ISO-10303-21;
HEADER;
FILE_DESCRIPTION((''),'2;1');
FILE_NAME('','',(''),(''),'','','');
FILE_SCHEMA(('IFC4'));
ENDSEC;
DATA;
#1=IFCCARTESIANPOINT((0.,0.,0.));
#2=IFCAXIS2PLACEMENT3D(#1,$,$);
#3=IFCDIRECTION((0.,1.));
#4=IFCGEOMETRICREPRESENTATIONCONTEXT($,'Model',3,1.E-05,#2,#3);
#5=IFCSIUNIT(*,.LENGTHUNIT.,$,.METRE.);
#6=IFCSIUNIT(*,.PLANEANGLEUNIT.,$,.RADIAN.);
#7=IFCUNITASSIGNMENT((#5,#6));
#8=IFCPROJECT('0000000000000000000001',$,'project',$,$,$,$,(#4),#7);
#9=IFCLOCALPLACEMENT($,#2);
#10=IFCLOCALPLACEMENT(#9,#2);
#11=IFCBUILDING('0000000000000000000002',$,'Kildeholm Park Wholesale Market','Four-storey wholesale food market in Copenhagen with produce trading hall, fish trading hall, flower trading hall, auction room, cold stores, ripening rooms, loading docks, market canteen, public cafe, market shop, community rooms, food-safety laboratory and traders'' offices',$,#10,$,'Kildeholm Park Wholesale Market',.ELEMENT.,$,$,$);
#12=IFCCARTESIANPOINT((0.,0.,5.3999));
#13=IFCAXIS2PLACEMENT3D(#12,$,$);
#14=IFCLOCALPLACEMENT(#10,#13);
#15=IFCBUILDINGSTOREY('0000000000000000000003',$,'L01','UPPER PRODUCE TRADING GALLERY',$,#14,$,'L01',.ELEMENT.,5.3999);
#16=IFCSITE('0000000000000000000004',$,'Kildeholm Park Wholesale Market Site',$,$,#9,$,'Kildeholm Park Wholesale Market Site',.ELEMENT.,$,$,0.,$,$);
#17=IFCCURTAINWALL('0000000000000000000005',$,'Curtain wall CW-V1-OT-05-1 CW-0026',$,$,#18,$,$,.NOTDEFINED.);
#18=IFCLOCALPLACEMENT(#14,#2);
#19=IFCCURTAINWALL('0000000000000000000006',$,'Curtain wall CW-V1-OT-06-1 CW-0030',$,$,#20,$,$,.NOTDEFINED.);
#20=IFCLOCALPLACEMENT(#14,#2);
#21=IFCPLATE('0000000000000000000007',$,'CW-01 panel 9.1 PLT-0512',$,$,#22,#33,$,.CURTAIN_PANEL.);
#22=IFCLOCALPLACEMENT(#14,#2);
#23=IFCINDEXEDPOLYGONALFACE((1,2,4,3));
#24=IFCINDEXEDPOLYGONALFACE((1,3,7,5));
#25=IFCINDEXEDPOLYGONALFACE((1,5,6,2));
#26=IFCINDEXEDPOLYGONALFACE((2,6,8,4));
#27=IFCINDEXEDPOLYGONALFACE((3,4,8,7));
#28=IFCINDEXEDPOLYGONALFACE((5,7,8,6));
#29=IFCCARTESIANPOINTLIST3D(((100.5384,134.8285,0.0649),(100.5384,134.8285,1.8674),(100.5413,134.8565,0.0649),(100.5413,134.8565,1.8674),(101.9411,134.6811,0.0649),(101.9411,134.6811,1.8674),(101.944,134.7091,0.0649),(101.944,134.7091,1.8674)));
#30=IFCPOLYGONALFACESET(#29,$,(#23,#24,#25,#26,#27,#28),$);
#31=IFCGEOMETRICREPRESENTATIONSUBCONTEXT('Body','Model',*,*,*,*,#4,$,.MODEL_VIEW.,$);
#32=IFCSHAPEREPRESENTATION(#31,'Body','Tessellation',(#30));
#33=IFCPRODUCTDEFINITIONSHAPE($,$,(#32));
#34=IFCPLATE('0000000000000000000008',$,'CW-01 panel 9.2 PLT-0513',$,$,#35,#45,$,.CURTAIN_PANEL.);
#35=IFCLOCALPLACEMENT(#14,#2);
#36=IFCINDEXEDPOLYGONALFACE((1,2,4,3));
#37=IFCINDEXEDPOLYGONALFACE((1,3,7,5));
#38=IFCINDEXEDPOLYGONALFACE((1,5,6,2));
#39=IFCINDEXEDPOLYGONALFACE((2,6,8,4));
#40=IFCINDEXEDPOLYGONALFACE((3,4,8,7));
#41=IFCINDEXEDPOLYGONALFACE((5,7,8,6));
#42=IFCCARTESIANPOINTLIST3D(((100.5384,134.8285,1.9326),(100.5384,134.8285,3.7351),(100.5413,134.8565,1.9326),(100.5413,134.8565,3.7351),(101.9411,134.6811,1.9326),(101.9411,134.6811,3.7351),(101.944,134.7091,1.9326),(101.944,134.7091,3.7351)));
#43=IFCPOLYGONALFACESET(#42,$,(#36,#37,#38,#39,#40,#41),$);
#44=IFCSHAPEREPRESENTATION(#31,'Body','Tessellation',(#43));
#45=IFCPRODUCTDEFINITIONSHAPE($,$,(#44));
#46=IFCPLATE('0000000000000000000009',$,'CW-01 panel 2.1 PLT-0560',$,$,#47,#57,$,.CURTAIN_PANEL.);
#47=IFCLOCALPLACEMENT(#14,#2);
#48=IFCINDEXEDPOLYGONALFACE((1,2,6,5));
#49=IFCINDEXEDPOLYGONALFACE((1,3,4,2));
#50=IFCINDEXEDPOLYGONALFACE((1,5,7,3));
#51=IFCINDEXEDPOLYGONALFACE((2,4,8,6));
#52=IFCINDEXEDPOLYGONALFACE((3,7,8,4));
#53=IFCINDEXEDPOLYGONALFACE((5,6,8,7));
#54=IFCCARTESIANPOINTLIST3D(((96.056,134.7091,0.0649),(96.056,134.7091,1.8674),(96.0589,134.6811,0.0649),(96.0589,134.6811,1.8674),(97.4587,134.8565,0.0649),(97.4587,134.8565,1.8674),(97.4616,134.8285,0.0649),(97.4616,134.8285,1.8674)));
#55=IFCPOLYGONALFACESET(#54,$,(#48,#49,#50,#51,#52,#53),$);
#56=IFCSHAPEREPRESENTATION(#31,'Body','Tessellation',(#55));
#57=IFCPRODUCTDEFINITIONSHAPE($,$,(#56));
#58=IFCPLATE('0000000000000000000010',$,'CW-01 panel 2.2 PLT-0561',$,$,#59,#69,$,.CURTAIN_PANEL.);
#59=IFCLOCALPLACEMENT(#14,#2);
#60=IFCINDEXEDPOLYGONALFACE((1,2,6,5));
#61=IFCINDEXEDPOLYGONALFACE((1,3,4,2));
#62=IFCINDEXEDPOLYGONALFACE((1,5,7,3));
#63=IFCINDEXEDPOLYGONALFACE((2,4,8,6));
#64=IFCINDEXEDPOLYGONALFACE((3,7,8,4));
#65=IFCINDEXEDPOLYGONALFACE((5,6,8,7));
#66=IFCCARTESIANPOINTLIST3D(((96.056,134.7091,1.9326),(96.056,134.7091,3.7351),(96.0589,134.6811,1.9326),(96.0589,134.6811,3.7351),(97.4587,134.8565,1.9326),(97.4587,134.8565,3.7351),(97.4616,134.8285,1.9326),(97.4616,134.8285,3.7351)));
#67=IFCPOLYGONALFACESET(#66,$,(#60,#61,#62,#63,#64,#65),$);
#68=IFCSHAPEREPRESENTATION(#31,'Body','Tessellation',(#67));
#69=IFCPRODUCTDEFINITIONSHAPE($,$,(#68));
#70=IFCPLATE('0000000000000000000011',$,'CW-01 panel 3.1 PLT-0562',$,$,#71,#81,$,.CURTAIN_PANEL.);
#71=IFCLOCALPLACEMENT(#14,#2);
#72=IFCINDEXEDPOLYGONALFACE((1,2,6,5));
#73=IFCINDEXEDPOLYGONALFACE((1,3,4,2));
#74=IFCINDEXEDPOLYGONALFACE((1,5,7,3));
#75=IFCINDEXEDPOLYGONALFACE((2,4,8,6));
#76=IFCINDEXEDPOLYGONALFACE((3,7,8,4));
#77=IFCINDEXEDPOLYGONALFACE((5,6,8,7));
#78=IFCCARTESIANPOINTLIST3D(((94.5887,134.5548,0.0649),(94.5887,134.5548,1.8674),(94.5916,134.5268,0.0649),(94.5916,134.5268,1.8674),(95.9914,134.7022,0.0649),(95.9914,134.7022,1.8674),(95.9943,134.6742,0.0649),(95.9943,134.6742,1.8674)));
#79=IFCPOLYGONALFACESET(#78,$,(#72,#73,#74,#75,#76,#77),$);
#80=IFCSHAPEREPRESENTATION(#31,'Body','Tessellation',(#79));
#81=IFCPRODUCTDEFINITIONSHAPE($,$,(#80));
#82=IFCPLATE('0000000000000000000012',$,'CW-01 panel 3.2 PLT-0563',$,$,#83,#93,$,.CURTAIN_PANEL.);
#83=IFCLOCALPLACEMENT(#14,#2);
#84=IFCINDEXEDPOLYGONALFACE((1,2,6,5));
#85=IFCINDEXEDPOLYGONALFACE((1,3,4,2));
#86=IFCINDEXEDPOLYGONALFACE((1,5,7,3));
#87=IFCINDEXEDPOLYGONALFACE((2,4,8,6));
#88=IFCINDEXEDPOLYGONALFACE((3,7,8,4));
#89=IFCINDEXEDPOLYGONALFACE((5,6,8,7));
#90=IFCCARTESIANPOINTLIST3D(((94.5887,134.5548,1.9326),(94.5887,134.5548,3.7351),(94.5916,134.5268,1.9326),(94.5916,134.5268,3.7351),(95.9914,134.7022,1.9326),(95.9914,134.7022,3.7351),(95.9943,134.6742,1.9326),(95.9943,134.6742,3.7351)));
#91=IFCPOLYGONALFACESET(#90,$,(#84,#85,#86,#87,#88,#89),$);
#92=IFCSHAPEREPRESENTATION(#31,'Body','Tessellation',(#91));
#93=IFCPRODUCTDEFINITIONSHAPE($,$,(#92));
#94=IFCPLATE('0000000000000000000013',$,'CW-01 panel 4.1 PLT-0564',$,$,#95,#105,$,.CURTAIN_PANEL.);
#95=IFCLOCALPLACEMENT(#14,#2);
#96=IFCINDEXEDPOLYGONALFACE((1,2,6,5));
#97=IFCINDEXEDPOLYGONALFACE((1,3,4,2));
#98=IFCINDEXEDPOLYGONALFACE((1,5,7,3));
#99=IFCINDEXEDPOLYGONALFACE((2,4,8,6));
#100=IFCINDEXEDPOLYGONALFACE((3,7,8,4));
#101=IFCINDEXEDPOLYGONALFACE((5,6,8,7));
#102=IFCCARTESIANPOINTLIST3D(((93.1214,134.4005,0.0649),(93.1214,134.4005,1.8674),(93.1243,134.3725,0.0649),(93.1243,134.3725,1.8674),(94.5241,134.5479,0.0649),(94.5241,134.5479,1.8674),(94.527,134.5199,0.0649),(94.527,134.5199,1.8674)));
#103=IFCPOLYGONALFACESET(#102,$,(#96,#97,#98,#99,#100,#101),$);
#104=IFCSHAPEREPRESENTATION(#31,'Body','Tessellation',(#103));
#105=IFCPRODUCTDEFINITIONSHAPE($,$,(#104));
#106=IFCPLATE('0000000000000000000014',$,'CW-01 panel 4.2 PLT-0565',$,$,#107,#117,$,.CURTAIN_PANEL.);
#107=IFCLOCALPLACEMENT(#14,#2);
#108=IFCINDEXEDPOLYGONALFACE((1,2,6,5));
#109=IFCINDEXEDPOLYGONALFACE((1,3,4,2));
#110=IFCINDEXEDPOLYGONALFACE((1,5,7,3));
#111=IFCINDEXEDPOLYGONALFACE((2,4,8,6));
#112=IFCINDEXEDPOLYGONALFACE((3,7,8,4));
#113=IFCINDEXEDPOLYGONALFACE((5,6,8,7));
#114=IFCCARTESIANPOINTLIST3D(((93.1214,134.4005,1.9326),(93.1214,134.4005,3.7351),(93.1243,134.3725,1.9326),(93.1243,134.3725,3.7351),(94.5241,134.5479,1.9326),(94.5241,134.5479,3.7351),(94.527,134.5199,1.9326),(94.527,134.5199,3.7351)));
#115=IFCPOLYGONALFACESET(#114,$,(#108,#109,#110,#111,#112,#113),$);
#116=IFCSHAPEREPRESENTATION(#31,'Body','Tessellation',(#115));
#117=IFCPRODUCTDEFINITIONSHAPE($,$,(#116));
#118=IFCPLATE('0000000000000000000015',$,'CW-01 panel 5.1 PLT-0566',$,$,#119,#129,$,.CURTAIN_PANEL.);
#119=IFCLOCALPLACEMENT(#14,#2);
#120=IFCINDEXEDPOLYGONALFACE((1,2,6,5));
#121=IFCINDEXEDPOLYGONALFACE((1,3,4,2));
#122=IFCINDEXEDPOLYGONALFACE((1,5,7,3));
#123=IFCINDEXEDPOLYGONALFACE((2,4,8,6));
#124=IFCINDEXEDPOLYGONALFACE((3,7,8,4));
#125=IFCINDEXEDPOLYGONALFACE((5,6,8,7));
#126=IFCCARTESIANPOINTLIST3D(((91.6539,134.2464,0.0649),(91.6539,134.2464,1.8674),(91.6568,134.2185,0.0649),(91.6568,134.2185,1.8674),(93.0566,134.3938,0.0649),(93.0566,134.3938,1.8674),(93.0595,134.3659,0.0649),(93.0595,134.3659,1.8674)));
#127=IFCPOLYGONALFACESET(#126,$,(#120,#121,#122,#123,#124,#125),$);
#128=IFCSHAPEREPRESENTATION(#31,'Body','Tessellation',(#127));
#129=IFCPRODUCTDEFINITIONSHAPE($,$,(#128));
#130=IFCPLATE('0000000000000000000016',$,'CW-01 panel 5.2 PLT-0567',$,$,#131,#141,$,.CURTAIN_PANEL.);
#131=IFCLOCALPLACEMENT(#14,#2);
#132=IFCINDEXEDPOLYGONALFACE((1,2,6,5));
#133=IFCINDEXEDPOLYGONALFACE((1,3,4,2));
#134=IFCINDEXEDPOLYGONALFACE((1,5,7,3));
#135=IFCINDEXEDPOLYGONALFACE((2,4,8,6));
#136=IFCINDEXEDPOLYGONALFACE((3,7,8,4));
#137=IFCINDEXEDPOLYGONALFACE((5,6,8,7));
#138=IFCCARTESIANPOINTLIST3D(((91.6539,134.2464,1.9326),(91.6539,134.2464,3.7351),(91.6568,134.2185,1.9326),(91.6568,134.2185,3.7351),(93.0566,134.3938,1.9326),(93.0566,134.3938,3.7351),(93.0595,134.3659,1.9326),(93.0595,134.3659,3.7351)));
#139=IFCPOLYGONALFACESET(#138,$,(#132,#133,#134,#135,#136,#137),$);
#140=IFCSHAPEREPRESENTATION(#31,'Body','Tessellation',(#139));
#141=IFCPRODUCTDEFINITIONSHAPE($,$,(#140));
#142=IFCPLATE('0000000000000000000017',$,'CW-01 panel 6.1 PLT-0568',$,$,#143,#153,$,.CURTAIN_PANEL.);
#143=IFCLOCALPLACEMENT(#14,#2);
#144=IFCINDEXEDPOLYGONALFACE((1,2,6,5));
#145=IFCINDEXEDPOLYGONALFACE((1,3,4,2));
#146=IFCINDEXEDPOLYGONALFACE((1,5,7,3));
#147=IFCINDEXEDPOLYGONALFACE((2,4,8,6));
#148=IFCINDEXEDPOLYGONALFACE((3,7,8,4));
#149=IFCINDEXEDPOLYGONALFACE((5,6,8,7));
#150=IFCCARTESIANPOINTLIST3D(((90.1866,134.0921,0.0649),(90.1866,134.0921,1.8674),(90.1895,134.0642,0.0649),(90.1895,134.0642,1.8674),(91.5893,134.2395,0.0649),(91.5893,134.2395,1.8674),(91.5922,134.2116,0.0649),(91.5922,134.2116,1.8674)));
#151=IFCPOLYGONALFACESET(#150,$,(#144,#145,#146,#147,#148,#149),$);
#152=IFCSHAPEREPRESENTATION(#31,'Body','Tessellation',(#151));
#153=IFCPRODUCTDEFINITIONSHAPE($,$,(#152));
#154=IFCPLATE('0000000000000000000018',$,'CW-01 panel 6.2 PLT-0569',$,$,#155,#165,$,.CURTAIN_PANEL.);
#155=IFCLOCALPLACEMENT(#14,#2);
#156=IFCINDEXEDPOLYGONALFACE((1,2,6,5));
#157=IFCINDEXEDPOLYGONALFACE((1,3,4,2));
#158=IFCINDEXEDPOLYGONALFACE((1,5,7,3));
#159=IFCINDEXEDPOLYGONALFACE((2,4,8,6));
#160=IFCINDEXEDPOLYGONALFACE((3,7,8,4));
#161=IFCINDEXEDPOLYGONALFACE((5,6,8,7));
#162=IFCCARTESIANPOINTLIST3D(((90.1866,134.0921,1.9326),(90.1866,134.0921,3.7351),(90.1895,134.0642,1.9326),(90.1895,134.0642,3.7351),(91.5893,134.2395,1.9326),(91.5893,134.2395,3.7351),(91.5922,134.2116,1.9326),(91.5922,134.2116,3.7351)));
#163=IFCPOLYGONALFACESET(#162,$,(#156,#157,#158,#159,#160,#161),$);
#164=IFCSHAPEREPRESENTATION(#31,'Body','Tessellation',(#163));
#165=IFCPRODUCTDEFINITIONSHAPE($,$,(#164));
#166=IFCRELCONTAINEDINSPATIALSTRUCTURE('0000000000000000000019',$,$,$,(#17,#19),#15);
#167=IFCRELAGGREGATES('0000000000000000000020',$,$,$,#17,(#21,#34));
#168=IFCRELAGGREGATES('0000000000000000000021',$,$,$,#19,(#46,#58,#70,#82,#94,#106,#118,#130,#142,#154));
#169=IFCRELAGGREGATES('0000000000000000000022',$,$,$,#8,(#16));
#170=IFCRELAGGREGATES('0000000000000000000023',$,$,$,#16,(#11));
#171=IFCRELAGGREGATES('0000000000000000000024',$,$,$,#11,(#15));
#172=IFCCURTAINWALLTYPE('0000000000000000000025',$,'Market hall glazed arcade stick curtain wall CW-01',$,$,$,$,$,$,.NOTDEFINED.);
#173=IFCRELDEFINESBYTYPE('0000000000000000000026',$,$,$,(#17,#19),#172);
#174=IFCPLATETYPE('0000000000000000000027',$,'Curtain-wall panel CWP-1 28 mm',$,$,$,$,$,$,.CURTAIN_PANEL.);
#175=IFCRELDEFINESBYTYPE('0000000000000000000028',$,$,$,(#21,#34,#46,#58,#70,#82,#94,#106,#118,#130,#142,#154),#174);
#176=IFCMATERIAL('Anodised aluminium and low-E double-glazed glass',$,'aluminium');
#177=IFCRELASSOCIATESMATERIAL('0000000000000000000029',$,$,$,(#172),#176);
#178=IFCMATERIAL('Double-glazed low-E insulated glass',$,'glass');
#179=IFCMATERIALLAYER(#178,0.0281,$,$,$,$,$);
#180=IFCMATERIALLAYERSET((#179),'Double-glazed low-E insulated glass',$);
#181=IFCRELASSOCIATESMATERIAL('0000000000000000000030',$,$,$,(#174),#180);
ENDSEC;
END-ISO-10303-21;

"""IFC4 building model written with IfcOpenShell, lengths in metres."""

from ifc_helpers import new_model, si_unit, direction, frame, origin, origin_2d, place, context, subcontext, project, spatial, rectangle, extrude, material, layer, layer_set, type_object, element, aggregate, save


model = new_model("IFC4")

# Units and contexts
model_context = context("Model", 3, precision=1e-05, world=origin(), true_north=direction((0.0, 1.0)))
body_context = subcontext(model_context, "Body", "Model", "MODEL_VIEW")
ifc_project = project(units=[si_unit("LENGTHUNIT", "METRE"), si_unit("PLANEANGLEUNIT", "RADIAN")], contexts=[model_context])

# Site, building, storey
site_placement = place(None, origin())
site = spatial("IfcSite", under=ifc_project, at=site_placement, Name="Kildeholm Park Wholesale Market Site", LongName="Kildeholm Park Wholesale Market Site", CompositionType="ELEMENT", RefElevation=0.0)
building_placement = place(site_placement, origin())
building = spatial("IfcBuilding", under=site, at=building_placement, Name="Kildeholm Park Wholesale Market", Description="Four-storey wholesale food market in Copenhagen with produce trading hall, fish trading hall, flower trading hall, auction room, cold stores, ripening rooms, loading docks, market canteen, public cafe, market shop, community rooms, food-safety laboratory and traders' offices", LongName="Kildeholm Park Wholesale Market", CompositionType="ELEMENT")
storey_placement = place(building_placement, frame((0.0, 0.0, 5.3999)))
storey = spatial("IfcBuildingStorey", under=building, at=storey_placement, Name="L01", Description="UPPER PRODUCE TRADING GALLERY", LongName="L01", CompositionType="ELEMENT", Elevation=5.3999)

# Curtain wall
ifc_material_1 = material(Name="Anodised aluminium and low-E double-glazed glass", Category="aluminium")
curtain_wall_type = type_object("IfcCurtainWallType", Name="Market hall glazed arcade stick curtain wall CW-01", PredefinedType="NOTDEFINED", material=ifc_material_1)
curtain_wall_1_placement = place(storey_placement, origin())
curtain_wall_1 = element("IfcCurtainWall", 1, at=curtain_wall_1_placement, inside=storey, type_object=curtain_wall_type, Name="Curtain wall CW-V1-OT-05-1 CW-0026", PredefinedType="NOTDEFINED")

# Curtain wall
curtain_wall_2_placement = place(storey_placement, origin())
curtain_wall_2 = element("IfcCurtainWall", 2, at=curtain_wall_2_placement, inside=storey, type_object=curtain_wall_type, Name="Curtain wall CW-V1-OT-06-1 CW-0030", PredefinedType="NOTDEFINED")

# Plates
ifc_material_2 = material(Name="Double-glazed low-E insulated glass", Category="glass")
ifc_layer = layer(ifc_material_2, 0.0281)
ifc_layer_set = layer_set([ifc_layer], Name="Double-glazed low-E insulated glass")
plate_type = type_object("IfcPlateType", Name="Curtain-wall panel CWP-1 28 mm", PredefinedType="CURTAIN_PANEL", material=ifc_layer_set)
plate_1_placement = place(storey_placement, frame((101.2412, 134.7688, 0.0649), z_axis=(0.0, 0.0, 1.0), x_axis=(-0.994524, 0.104508, 0.0)))
plate_1 = element("IfcPlate", 3, at=plate_1_placement, type_object=plate_type, Name="CW-01 panel 9.1 PLT-0512", PredefinedType="CURTAIN_PANEL", context=body_context, shape_type="SweptSolid", body=[
    extrude(rectangle(XDim=1.4104, YDim=0.0281, at=origin_2d()), origin(), (0.0, 0.0, 1.0), 1.8025),
])
plate_2_placement = place(storey_placement, frame((101.2412, 134.7688, 1.9326), z_axis=(0.0, 0.0, 1.0), x_axis=(-0.994524, 0.104508, 0.0)))
plate_2 = element("IfcPlate", 4, at=plate_2_placement, type_object=plate_type, Name="CW-01 panel 9.2 PLT-0513", PredefinedType="CURTAIN_PANEL", context=body_context, shape_type="SweptSolid", body=[
    extrude(rectangle(XDim=1.4104, YDim=0.0281, at=origin_2d()), origin(), (0.0, 0.0, 1.0), 1.8025),
])
aggregate(curtain_wall_1, [plate_1, plate_2])
plate_3_placement = place(storey_placement, frame((96.7588, 134.7688, 0.0649), z_axis=(0.0, 0.0, 1.0), x_axis=(-0.994524, -0.104508, 0.0)))
plate_3 = element("IfcPlate", 5, at=plate_3_placement, type_object=plate_type, Name="CW-01 panel 2.1 PLT-0560", PredefinedType="CURTAIN_PANEL", context=body_context, shape_type="SweptSolid", body=[
    extrude(rectangle(XDim=1.4104, YDim=0.0281, at=origin_2d()), origin(), (0.0, 0.0, 1.0), 1.8025),
])
plate_4_placement = place(storey_placement, frame((96.7588, 134.7688, 1.9326), z_axis=(0.0, 0.0, 1.0), x_axis=(-0.994524, -0.104508, 0.0)))
plate_4 = element("IfcPlate", 6, at=plate_4_placement, type_object=plate_type, Name="CW-01 panel 2.2 PLT-0561", PredefinedType="CURTAIN_PANEL", context=body_context, shape_type="SweptSolid", body=[
    extrude(rectangle(XDim=1.4104, YDim=0.0281, at=origin_2d()), origin(), (0.0, 0.0, 1.0), 1.8025),
])
plate_5_placement = place(storey_placement, frame((95.2915, 134.6145, 0.0649), z_axis=(0.0, 0.0, 1.0), x_axis=(-0.994524, -0.104508, 0.0)))
plate_5 = element("IfcPlate", 7, at=plate_5_placement, type_object=plate_type, Name="CW-01 panel 3.1 PLT-0562", PredefinedType="CURTAIN_PANEL", context=body_context, shape_type="SweptSolid", body=[
    extrude(rectangle(XDim=1.4104, YDim=0.0281, at=origin_2d()), origin(), (0.0, 0.0, 1.0), 1.8025),
])
plate_6_placement = place(storey_placement, frame((95.2915, 134.6145, 1.9326), z_axis=(0.0, 0.0, 1.0), x_axis=(-0.994524, -0.104508, 0.0)))
plate_6 = element("IfcPlate", 8, at=plate_6_placement, type_object=plate_type, Name="CW-01 panel 3.2 PLT-0563", PredefinedType="CURTAIN_PANEL", context=body_context, shape_type="SweptSolid", body=[
    extrude(rectangle(XDim=1.4104, YDim=0.0281, at=origin_2d()), origin(), (0.0, 0.0, 1.0), 1.8025),
])
plate_7_placement = place(storey_placement, frame((93.8242, 134.4602, 0.0649), z_axis=(0.0, 0.0, 1.0), x_axis=(-0.994524, -0.104508, 0.0)))
plate_7 = element("IfcPlate", 9, at=plate_7_placement, type_object=plate_type, Name="CW-01 panel 4.1 PLT-0564", PredefinedType="CURTAIN_PANEL", context=body_context, shape_type="SweptSolid", body=[
    extrude(rectangle(XDim=1.4104, YDim=0.0281, at=origin_2d()), origin(), (0.0, 0.0, 1.0), 1.8025),
])
plate_8_placement = place(storey_placement, frame((93.8242, 134.4602, 1.9326), z_axis=(0.0, 0.0, 1.0), x_axis=(-0.994524, -0.104508, 0.0)))
plate_8 = element("IfcPlate", 10, at=plate_8_placement, type_object=plate_type, Name="CW-01 panel 4.2 PLT-0565", PredefinedType="CURTAIN_PANEL", context=body_context, shape_type="SweptSolid", body=[
    extrude(rectangle(XDim=1.4104, YDim=0.0281, at=origin_2d()), origin(), (0.0, 0.0, 1.0), 1.8025),
])
plate_9_placement = place(storey_placement, frame((92.3567, 134.3062, 0.0649), z_axis=(0.0, 0.0, 1.0), x_axis=(-0.994524, -0.104508, 0.0)))
plate_9 = element("IfcPlate", 11, at=plate_9_placement, type_object=plate_type, Name="CW-01 panel 5.1 PLT-0566", PredefinedType="CURTAIN_PANEL", context=body_context, shape_type="SweptSolid", body=[
    extrude(rectangle(XDim=1.4104, YDim=0.0281, at=origin_2d()), origin(), (0.0, 0.0, 1.0), 1.8025),
])
plate_10_placement = place(storey_placement, frame((92.3567, 134.3062, 1.9326), z_axis=(0.0, 0.0, 1.0), x_axis=(-0.994524, -0.104508, 0.0)))
plate_10 = element("IfcPlate", 12, at=plate_10_placement, type_object=plate_type, Name="CW-01 panel 5.2 PLT-0567", PredefinedType="CURTAIN_PANEL", context=body_context, shape_type="SweptSolid", body=[
    extrude(rectangle(XDim=1.4104, YDim=0.0281, at=origin_2d()), origin(), (0.0, 0.0, 1.0), 1.8025),
])
plate_11_placement = place(storey_placement, frame((90.8894, 134.1519, 0.0649), z_axis=(0.0, 0.0, 1.0), x_axis=(-0.994524, -0.104508, 0.0)))
plate_11 = element("IfcPlate", 13, at=plate_11_placement, type_object=plate_type, Name="CW-01 panel 6.1 PLT-0568", PredefinedType="CURTAIN_PANEL", context=body_context, shape_type="SweptSolid", body=[
    extrude(rectangle(XDim=1.4104, YDim=0.0281, at=origin_2d()), origin(), (0.0, 0.0, 1.0), 1.8025),
])
plate_12_placement = place(storey_placement, frame((90.8894, 134.1519, 1.9326), z_axis=(0.0, 0.0, 1.0), x_axis=(-0.994524, -0.104508, 0.0)))
plate_12 = element("IfcPlate", 14, at=plate_12_placement, type_object=plate_type, Name="CW-01 panel 6.2 PLT-0569", PredefinedType="CURTAIN_PANEL", context=body_context, shape_type="SweptSolid", body=[
    extrude(rectangle(XDim=1.4104, YDim=0.0281, at=origin_2d()), origin(), (0.0, 0.0, 1.0), 1.8025),
])
aggregate(curtain_wall_2, [plate_3, plate_4, plate_5, plate_6, plate_7, plate_8, plate_9, plate_10, plate_11, plate_12])

save(model, "model.ifc")
